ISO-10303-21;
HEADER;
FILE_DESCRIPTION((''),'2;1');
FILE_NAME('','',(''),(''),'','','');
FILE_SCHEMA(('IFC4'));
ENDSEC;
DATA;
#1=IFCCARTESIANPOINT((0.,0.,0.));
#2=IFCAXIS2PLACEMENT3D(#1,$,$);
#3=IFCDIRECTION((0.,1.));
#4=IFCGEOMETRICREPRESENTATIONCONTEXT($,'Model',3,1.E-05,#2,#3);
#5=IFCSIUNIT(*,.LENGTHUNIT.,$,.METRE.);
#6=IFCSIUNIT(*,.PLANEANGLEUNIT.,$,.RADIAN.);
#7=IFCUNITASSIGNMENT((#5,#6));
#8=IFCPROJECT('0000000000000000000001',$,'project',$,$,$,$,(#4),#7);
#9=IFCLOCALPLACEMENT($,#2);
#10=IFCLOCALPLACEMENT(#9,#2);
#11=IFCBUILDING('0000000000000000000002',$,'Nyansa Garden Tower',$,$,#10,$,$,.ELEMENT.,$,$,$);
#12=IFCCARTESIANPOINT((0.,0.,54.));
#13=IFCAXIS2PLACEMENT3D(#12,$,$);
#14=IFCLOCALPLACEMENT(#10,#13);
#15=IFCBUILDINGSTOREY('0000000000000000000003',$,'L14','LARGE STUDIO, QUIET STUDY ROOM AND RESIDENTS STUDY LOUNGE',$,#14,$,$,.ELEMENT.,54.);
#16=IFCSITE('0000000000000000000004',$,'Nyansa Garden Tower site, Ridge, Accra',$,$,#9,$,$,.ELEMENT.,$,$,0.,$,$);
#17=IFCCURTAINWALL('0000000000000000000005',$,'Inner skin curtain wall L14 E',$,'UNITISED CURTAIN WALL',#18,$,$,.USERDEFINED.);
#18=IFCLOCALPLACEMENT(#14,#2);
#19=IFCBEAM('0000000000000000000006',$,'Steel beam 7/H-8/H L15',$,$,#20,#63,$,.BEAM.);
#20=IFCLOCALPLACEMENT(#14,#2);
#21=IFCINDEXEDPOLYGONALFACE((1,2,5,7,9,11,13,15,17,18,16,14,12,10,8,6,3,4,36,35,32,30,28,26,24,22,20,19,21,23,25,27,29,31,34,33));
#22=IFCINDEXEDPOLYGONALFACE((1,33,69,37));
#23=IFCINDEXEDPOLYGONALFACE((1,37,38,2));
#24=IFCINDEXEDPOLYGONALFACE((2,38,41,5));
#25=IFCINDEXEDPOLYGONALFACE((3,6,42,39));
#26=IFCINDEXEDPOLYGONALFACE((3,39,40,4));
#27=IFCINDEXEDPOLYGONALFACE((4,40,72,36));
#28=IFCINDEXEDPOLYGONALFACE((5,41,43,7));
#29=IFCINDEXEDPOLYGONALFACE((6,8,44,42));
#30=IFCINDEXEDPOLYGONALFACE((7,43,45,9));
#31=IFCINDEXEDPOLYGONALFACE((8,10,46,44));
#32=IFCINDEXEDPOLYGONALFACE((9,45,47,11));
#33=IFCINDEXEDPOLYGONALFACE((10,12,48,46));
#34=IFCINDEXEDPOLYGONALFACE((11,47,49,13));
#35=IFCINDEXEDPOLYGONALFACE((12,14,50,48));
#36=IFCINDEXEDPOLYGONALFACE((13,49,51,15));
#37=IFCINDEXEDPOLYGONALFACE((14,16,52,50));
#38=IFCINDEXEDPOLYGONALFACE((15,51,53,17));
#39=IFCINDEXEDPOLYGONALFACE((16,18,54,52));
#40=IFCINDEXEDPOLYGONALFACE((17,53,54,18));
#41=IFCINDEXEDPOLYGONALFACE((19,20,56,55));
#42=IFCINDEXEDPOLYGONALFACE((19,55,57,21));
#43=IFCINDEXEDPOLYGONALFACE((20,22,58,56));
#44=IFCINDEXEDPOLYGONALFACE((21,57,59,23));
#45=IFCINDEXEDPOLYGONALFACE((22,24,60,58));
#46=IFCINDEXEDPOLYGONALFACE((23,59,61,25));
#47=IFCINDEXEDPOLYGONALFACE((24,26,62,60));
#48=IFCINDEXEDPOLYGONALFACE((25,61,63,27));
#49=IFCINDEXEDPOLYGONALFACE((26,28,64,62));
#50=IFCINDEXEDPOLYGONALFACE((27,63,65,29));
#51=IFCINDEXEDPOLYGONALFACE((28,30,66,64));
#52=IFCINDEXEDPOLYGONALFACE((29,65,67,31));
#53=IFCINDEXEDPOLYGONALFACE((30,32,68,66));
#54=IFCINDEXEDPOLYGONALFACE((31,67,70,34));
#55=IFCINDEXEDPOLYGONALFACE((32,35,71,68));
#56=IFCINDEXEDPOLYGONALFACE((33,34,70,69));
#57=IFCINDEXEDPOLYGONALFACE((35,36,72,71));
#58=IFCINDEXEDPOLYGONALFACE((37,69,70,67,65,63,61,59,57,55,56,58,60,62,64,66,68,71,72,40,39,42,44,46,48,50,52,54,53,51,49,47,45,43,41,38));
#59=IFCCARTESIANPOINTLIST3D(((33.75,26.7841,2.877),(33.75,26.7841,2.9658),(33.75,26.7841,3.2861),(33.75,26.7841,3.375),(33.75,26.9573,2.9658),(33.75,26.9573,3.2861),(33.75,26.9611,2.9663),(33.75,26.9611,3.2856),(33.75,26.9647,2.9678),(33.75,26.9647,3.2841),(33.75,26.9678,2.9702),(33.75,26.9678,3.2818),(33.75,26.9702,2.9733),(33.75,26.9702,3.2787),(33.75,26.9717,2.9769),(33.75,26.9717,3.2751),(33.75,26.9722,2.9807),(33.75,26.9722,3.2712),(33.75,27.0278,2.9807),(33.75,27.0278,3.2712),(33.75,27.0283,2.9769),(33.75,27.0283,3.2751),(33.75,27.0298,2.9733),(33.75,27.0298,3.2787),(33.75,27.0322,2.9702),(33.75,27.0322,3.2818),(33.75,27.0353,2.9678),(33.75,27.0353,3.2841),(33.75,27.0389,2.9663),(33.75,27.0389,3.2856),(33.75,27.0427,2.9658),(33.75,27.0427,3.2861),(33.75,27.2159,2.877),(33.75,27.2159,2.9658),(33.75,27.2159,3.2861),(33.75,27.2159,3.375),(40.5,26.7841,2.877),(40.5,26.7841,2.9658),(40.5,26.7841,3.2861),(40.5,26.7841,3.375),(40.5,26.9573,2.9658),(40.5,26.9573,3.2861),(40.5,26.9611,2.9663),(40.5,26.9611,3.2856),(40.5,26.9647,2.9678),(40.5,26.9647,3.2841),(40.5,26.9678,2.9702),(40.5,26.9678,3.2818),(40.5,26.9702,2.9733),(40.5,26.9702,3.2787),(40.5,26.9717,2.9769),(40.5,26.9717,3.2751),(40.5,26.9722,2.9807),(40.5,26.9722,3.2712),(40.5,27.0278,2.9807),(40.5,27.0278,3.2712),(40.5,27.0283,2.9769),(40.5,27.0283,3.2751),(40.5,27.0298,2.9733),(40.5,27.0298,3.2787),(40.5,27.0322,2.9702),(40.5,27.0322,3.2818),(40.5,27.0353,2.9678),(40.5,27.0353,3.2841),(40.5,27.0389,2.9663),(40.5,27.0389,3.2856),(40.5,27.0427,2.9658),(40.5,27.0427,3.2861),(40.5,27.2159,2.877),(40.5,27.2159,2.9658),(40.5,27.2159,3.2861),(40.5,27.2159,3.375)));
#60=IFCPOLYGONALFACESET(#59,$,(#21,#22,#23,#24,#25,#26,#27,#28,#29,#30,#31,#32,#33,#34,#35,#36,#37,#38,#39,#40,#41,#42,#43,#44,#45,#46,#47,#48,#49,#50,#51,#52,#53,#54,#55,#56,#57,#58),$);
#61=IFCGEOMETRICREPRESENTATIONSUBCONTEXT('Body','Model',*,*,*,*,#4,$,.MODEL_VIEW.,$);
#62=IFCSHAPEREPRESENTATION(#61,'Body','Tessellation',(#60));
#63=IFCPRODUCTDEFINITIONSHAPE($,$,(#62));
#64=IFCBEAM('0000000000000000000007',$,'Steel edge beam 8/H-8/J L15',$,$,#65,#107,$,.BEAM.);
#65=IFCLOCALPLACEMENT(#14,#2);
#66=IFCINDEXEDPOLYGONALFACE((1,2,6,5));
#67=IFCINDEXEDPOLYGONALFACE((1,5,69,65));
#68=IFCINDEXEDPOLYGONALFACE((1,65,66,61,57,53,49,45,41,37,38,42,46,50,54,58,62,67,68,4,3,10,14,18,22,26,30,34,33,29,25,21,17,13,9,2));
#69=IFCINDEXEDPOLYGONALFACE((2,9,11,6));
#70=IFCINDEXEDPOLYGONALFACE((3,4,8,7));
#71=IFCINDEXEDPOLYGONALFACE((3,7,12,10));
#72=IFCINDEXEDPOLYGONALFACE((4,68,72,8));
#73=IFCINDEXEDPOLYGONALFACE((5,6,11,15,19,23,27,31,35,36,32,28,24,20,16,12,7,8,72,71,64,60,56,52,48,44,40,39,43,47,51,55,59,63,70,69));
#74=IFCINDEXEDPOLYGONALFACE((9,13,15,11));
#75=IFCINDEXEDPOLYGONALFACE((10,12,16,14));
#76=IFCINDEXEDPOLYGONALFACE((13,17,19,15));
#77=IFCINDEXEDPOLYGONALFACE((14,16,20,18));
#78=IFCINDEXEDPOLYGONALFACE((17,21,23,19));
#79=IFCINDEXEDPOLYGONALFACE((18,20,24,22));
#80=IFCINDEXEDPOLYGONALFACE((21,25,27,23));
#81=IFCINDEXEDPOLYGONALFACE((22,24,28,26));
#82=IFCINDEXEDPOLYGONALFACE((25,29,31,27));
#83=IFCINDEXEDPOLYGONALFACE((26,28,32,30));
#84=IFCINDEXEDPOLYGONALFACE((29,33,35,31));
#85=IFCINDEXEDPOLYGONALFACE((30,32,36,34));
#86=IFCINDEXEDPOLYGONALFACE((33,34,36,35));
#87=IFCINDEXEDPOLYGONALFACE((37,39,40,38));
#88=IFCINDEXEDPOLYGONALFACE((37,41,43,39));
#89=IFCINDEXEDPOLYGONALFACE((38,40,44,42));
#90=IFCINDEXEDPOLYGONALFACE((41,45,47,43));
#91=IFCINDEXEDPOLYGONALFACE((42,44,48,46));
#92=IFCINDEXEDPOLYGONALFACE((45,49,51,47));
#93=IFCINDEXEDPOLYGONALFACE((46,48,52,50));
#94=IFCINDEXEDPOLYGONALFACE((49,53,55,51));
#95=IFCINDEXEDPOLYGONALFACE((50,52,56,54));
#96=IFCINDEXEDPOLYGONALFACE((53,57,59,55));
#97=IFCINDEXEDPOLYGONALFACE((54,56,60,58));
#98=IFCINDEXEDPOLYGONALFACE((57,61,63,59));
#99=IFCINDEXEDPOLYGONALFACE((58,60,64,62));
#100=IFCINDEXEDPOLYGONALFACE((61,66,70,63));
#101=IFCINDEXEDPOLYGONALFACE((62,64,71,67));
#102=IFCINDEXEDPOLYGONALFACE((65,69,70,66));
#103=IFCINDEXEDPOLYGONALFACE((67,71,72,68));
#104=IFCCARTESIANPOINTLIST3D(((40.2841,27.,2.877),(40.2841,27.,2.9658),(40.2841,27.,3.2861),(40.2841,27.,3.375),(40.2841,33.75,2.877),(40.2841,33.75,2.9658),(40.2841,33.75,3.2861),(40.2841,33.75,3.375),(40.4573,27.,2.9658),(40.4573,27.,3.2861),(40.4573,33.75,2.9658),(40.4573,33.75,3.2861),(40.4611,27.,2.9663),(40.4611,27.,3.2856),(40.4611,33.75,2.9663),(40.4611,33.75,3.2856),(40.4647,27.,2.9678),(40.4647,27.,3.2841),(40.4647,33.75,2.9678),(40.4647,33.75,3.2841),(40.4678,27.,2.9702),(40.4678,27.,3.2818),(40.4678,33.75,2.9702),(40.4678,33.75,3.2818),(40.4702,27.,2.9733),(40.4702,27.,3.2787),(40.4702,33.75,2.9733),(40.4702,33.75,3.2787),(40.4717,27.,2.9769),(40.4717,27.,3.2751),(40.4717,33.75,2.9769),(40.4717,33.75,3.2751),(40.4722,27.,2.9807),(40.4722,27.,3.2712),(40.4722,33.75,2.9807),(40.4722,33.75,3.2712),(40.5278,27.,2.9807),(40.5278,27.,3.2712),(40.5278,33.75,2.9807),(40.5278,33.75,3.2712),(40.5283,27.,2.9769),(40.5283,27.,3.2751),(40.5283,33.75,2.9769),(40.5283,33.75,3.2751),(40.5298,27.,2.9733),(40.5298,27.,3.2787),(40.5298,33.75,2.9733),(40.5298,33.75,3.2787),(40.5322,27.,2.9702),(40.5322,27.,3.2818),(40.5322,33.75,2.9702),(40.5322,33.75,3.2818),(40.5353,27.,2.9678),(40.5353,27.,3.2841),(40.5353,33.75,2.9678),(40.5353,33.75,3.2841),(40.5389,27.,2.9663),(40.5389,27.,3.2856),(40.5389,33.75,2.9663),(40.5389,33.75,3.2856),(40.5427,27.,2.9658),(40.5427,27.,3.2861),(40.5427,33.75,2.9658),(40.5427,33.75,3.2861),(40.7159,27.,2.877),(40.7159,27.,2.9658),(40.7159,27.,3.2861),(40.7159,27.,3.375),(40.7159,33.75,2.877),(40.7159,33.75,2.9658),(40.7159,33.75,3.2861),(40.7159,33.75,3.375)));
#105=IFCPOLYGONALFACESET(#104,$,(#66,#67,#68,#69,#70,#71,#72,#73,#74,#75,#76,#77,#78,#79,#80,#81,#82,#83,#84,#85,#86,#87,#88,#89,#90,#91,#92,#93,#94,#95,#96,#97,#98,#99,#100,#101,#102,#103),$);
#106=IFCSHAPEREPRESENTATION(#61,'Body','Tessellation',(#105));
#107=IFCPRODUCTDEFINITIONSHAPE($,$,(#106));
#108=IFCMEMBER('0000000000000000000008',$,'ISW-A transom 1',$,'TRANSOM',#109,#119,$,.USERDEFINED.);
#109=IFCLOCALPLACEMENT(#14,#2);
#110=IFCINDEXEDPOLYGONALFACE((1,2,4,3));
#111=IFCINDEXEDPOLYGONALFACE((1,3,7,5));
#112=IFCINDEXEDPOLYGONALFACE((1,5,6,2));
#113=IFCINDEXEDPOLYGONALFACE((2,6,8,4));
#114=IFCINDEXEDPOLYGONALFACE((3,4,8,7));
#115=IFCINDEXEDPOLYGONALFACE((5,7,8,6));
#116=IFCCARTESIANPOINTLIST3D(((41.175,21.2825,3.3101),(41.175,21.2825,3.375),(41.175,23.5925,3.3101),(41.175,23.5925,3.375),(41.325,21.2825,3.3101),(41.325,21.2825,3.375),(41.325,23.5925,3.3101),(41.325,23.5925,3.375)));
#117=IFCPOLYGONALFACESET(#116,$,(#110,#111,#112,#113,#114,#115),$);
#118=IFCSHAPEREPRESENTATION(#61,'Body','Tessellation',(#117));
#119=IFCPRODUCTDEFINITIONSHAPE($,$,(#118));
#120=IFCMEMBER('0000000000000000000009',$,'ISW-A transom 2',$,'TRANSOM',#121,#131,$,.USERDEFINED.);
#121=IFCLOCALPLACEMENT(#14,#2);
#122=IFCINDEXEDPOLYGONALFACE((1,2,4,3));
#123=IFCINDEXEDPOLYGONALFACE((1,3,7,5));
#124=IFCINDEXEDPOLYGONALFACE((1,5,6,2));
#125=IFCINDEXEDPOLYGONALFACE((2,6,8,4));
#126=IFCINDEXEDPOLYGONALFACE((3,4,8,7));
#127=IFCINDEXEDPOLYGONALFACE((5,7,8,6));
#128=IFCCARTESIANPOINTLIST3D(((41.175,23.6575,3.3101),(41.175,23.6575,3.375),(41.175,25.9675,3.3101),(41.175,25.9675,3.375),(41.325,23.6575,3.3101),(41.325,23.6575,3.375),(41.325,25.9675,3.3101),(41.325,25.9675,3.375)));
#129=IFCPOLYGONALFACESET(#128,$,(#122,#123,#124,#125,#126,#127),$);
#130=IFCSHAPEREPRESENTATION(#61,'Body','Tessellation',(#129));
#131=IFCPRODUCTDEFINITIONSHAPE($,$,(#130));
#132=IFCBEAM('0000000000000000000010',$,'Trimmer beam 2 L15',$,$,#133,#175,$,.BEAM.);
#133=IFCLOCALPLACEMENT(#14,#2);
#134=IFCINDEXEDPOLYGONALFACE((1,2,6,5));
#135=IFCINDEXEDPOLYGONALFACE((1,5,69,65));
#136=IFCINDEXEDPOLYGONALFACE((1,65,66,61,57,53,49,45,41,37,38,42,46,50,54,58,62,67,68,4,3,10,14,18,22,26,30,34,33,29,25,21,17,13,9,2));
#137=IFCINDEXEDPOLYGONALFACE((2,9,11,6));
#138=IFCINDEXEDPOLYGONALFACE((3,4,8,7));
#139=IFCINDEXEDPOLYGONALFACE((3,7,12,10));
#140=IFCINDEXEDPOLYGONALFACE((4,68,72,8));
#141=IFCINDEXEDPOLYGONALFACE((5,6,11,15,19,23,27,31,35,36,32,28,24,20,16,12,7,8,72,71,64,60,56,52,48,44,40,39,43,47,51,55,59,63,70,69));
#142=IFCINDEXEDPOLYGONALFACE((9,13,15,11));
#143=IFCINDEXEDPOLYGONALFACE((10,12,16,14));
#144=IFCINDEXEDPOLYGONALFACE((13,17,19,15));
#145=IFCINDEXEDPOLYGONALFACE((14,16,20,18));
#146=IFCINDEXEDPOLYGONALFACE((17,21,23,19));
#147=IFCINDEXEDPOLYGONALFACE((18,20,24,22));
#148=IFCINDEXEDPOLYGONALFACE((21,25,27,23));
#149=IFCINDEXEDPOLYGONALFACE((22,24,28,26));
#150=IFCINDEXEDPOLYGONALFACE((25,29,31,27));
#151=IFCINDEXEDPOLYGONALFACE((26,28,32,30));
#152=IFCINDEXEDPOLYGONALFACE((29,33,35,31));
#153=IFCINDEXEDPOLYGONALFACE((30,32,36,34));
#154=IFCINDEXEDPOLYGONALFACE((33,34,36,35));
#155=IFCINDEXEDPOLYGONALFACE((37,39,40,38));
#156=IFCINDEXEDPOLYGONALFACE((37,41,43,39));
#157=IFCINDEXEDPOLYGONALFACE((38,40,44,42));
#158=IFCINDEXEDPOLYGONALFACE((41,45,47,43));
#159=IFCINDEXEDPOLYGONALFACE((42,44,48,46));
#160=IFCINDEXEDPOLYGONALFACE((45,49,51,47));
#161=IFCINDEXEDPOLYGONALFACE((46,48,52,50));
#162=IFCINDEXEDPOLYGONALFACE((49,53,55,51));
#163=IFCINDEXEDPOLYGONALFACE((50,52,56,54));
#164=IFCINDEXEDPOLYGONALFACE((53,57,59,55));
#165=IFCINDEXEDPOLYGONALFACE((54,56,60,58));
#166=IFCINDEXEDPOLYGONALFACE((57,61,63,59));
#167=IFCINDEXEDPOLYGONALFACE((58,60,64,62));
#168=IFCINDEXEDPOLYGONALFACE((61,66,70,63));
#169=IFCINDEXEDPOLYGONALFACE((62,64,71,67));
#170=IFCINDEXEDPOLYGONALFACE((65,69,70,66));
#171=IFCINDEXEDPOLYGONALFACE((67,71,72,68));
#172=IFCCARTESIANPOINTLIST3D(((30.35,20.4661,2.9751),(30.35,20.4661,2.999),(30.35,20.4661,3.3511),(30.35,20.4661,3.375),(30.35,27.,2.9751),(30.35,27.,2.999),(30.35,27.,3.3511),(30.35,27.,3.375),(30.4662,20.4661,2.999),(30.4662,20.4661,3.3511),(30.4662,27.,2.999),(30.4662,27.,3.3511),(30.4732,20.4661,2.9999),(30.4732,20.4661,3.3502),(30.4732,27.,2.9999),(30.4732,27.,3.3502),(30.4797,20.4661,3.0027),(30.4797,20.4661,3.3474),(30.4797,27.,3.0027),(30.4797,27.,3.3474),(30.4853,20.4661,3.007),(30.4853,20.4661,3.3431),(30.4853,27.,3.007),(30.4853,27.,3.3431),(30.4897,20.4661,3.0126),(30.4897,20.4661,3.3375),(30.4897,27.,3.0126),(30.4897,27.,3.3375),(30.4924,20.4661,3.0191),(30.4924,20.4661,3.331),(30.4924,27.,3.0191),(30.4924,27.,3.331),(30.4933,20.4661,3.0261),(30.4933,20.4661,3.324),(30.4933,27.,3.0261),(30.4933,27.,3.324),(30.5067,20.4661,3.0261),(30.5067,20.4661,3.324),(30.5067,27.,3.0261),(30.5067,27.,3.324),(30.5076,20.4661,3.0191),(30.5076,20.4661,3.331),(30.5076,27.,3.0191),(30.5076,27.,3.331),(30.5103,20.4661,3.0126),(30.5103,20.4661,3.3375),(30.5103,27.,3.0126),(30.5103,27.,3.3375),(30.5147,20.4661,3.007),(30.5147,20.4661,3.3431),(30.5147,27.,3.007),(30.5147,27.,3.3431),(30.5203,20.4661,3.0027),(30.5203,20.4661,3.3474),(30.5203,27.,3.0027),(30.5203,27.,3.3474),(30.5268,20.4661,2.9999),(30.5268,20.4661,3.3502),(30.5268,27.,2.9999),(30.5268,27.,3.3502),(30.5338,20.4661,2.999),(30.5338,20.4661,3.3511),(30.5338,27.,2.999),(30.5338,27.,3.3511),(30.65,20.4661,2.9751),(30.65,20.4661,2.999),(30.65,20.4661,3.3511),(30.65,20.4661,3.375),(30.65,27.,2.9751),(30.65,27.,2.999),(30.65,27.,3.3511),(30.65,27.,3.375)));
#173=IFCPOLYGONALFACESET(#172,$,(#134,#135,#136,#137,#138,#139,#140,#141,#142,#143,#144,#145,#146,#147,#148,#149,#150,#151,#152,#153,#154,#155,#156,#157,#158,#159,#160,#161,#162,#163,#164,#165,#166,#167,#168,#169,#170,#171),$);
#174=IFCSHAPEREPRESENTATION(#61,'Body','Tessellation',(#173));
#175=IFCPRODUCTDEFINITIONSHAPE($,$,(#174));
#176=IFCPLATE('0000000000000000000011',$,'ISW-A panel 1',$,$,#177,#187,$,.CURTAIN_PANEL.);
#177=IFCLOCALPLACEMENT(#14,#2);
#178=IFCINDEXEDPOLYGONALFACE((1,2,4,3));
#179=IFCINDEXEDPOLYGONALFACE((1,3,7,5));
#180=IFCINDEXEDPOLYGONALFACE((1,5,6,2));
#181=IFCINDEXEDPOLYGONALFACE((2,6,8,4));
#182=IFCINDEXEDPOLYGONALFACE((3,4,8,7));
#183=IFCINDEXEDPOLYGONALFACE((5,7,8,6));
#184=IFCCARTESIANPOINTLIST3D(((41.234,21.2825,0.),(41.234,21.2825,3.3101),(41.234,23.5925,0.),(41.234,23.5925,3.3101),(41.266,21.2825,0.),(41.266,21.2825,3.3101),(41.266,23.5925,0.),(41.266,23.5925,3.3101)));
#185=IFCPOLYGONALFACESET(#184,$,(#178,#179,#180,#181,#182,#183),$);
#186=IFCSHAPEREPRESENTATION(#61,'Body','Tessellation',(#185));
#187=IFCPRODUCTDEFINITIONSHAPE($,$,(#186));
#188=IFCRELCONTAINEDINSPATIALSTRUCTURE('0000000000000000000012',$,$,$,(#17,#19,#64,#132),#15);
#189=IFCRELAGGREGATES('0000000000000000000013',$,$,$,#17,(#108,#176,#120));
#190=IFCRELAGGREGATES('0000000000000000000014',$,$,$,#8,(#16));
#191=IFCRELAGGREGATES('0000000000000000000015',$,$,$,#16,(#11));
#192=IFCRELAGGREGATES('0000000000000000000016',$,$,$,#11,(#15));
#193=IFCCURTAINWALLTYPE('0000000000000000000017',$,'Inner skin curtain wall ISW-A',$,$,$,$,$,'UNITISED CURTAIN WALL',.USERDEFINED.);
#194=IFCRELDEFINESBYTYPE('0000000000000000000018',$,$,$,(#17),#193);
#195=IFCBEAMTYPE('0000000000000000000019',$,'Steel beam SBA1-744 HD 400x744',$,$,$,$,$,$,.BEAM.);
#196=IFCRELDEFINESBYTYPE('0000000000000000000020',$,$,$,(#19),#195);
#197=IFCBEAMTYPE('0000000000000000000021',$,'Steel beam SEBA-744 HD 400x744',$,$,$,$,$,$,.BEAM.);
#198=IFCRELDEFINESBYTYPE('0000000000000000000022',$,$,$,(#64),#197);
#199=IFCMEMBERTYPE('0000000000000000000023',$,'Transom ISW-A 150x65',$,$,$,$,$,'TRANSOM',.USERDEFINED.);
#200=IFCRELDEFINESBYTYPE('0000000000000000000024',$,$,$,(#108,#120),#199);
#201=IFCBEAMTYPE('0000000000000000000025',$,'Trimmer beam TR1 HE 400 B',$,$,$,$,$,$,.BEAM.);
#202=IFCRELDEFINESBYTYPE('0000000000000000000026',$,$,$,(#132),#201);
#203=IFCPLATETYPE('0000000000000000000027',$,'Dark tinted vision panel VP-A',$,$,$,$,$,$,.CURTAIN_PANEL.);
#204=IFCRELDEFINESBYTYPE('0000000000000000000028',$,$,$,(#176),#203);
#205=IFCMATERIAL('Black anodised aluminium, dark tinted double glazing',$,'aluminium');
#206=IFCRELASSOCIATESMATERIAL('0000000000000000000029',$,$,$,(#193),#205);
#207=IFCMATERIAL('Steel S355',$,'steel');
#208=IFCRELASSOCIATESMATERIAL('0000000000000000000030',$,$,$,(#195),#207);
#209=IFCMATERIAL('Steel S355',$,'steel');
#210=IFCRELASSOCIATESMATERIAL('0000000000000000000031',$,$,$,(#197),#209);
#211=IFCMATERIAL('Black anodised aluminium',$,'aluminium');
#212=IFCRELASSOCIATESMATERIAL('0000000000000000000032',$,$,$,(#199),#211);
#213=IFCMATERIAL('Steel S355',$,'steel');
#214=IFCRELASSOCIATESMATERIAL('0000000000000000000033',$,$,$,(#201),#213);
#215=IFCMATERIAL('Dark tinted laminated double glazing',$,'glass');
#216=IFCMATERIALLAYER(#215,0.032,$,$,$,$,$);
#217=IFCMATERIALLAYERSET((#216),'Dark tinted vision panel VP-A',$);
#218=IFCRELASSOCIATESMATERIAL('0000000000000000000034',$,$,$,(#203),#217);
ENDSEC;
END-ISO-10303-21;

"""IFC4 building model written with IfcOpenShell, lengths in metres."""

from ifc_helpers import new_model, si_unit, direction, frame, origin, origin_2d, place, context, subcontext, project, spatial, rectangle, i_section, extrude, material, layer, layer_set, material_profile, profile_set, type_object, element, aggregate, save


model = new_model("IFC4")

# Units and contexts
model_context = context("Model", 3, precision=1e-05, world=origin(), true_north=direction((0.0, 1.0)))
body_context = subcontext(model_context, "Body", "Model", "MODEL_VIEW")
ifc_project = project(units=[si_unit("LENGTHUNIT", "METRE"), si_unit("PLANEANGLEUNIT", "RADIAN")], contexts=[model_context])

# Site, building, storey
site_placement = place(None, origin())
site = spatial("IfcSite", under=ifc_project, at=site_placement, Name="Nyansa Garden Tower site, Ridge, Accra", CompositionType="ELEMENT", RefElevation=0.0)
building_placement = place(site_placement, origin())
building = spatial("IfcBuilding", under=site, at=building_placement, Name="Nyansa Garden Tower", CompositionType="ELEMENT")
storey_placement = place(building_placement, frame((0.0, 0.0, 54.0)))
storey = spatial("IfcBuildingStorey", under=building, at=storey_placement, Name="L14", Description="LARGE STUDIO, QUIET STUDY ROOM AND RESIDENTS STUDY LOUNGE", CompositionType="ELEMENT", Elevation=54.0)

# Curtain wall
ifc_material_1 = material(Name="Black anodised aluminium, dark tinted double glazing", Category="aluminium")
curtain_wall_type = type_object("IfcCurtainWallType", Name="Inner skin curtain wall ISW-A", ElementType="UNITISED CURTAIN WALL", PredefinedType="USERDEFINED", material=ifc_material_1)
curtain_wall_placement = place(storey_placement, origin())
curtain_wall = element("IfcCurtainWall", 1, at=curtain_wall_placement, inside=storey, type_object=curtain_wall_type, Name="Inner skin curtain wall L14 E", ObjectType="UNITISED CURTAIN WALL", PredefinedType="USERDEFINED")

# Beams
ifc_material_2 = material(Name="Steel S355", Category="steel")
ifc_material_profile_1 = material_profile(ifc_material_2, i_section(OverallWidth=0.4319, OverallDepth=0.498, WebThickness=0.0557, FlangeThickness=0.0889, FilletRadius=0.0149, at=origin_2d()), Name="HD 400x744")
ifc_profile_set_1 = profile_set([ifc_material_profile_1], Name="Steel S355")
beam_type_1 = type_object("IfcBeamType", Name="Steel beam SBA1-744 HD 400x744", PredefinedType="BEAM", material=ifc_profile_set_1)
for number, where, z_axis, x_axis, name in (
    (2, (33.75, 27.0, 3.126), (1.0, 0.0, 0.0), (0.0, 1.0, 0.0), "Steel beam 7/H-8/H L15"),
):
    element("IfcBeam", number, at=place(storey_placement, frame(where, z_axis=z_axis, x_axis=x_axis)), inside=storey, type_object=beam_type_1, Name=name, PredefinedType="BEAM", context=body_context, shape_type="SweptSolid", body=[
        extrude(i_section(OverallWidth=0.4319, OverallDepth=0.498, WebThickness=0.0557, FlangeThickness=0.0889, FilletRadius=0.0149, at=origin_2d()), origin(), (0.0, 0.0, 1.0), 6.75),
    ])
ifc_material_3 = material(Name="Steel S355", Category="steel")
ifc_material_profile_2 = material_profile(ifc_material_3, i_section(OverallWidth=0.4319, OverallDepth=0.498, WebThickness=0.0557, FlangeThickness=0.0889, FilletRadius=0.0149, at=origin_2d()), Name="HD 400x744")
ifc_profile_set_2 = profile_set([ifc_material_profile_2], Name="Steel S355")
beam_type_2 = type_object("IfcBeamType", Name="Steel beam SEBA-744 HD 400x744", PredefinedType="BEAM", material=ifc_profile_set_2)
beam_1_placement = place(storey_placement, frame((40.5, 27.0, 3.126), z_axis=(0.0, 1.0, 0.0), x_axis=(-1.0, 0.0, 0.0)))
element("IfcBeam", 3, at=beam_1_placement, inside=storey, type_object=beam_type_2, Name="Steel edge beam 8/H-8/J L15", PredefinedType="BEAM", context=body_context, shape_type="SweptSolid", body=[
    extrude(i_section(OverallWidth=0.4319, OverallDepth=0.498, WebThickness=0.0557, FlangeThickness=0.0889, FilletRadius=0.0149, at=origin_2d()), origin(), (0.0, 0.0, 1.0), 6.75),
])

# Members
ifc_material_4 = material(Name="Black anodised aluminium", Category="aluminium")
ifc_material_profile_3 = material_profile(ifc_material_4, rectangle(XDim=0.1499, YDim=0.0649, at=origin_2d()), Name="Transom 150x65")
ifc_profile_set_3 = profile_set([ifc_material_profile_3], Name="Black anodised aluminium")
member_type_1 = type_object("IfcMemberType", Name="Transom ISW-A 150x65", ElementType="TRANSOM", PredefinedType="USERDEFINED", material=ifc_profile_set_3)
member_1_placement = place(storey_placement, frame((41.25, 21.2825, 3.3425), z_axis=(0.0, 1.0, 0.0), x_axis=(-1.0, 0.0, 0.0)))
member_1 = element("IfcMember", 4, at=member_1_placement, type_object=member_type_1, Name="ISW-A transom 1", ObjectType="TRANSOM", PredefinedType="USERDEFINED", context=body_context, shape_type="SweptSolid", body=[
    extrude(rectangle(XDim=0.1499, YDim=0.0649, at=origin_2d()), origin(), (0.0, 0.0, 1.0), 2.3101),
])
member_2_placement = place(storey_placement, frame((41.25, 23.6575, 3.3425), z_axis=(0.0, 1.0, 0.0), x_axis=(-1.0, 0.0, 0.0)))
member_2 = element("IfcMember", 5, at=member_2_placement, type_object=member_type_1, Name="ISW-A transom 2", ObjectType="TRANSOM", PredefinedType="USERDEFINED", context=body_context, shape_type="SweptSolid", body=[
    extrude(rectangle(XDim=0.1499, YDim=0.0649, at=origin_2d()), origin(), (0.0, 0.0, 1.0), 2.3101),
])

# Beam
ifc_material_5 = material(Name="Steel S355", Category="steel")
ifc_material_profile_4 = material_profile(ifc_material_5, i_section(OverallWidth=0.3, OverallDepth=0.3999, WebThickness=0.0134, FlangeThickness=0.0239, FilletRadius=0.0271, at=origin_2d()), Name="HE 400 B")
ifc_profile_set_4 = profile_set([ifc_material_profile_4], Name="Steel S355")
beam_type_3 = type_object("IfcBeamType", Name="Trimmer beam TR1 HE 400 B", PredefinedType="BEAM", material=ifc_profile_set_4)
beam_2_placement = place(storey_placement, frame((30.5, 20.4661, 3.175), z_axis=(0.0, 1.0, 0.0), x_axis=(-1.0, 0.0, 0.0)))
element("IfcBeam", 6, at=beam_2_placement, inside=storey, type_object=beam_type_3, Name="Trimmer beam 2 L15", PredefinedType="BEAM", context=body_context, shape_type="SweptSolid", body=[
    extrude(i_section(OverallWidth=0.3, OverallDepth=0.3999, WebThickness=0.0134, FlangeThickness=0.0239, FilletRadius=0.0271, at=origin_2d()), origin(), (0.0, 0.0, 1.0), 6.5339),
])

# Plate
ifc_material_6 = material(Name="Dark tinted laminated double glazing", Category="glass")
ifc_layer_1 = layer(ifc_material_6, 0.032)
ifc_layer_set_1 = layer_set([ifc_layer_1], Name="Dark tinted vision panel VP-A")
plate_type_1 = type_object("IfcPlateType", Name="Dark tinted vision panel VP-A", PredefinedType="CURTAIN_PANEL", material=ifc_layer_set_1)
plate_1_placement = place(storey_placement, frame((41.25, 22.4375, 0.0), z_axis=(0.0, 0.0, 1.0), x_axis=(0.0, 1.0, 0.0)))
plate_1 = element("IfcPlate", 7, at=plate_1_placement, type_object=plate_type_1, Name="ISW-A panel 1", PredefinedType="CURTAIN_PANEL", context=body_context, shape_type="SweptSolid", body=[
    extrude(rectangle(XDim=2.3101, YDim=0.032, at=origin_2d()), origin(), (0.0, 0.0, 1.0), 3.3101),
])
aggregate(curtain_wall, [member_1, plate_1, member_2])

save(model, "model.ifc")
